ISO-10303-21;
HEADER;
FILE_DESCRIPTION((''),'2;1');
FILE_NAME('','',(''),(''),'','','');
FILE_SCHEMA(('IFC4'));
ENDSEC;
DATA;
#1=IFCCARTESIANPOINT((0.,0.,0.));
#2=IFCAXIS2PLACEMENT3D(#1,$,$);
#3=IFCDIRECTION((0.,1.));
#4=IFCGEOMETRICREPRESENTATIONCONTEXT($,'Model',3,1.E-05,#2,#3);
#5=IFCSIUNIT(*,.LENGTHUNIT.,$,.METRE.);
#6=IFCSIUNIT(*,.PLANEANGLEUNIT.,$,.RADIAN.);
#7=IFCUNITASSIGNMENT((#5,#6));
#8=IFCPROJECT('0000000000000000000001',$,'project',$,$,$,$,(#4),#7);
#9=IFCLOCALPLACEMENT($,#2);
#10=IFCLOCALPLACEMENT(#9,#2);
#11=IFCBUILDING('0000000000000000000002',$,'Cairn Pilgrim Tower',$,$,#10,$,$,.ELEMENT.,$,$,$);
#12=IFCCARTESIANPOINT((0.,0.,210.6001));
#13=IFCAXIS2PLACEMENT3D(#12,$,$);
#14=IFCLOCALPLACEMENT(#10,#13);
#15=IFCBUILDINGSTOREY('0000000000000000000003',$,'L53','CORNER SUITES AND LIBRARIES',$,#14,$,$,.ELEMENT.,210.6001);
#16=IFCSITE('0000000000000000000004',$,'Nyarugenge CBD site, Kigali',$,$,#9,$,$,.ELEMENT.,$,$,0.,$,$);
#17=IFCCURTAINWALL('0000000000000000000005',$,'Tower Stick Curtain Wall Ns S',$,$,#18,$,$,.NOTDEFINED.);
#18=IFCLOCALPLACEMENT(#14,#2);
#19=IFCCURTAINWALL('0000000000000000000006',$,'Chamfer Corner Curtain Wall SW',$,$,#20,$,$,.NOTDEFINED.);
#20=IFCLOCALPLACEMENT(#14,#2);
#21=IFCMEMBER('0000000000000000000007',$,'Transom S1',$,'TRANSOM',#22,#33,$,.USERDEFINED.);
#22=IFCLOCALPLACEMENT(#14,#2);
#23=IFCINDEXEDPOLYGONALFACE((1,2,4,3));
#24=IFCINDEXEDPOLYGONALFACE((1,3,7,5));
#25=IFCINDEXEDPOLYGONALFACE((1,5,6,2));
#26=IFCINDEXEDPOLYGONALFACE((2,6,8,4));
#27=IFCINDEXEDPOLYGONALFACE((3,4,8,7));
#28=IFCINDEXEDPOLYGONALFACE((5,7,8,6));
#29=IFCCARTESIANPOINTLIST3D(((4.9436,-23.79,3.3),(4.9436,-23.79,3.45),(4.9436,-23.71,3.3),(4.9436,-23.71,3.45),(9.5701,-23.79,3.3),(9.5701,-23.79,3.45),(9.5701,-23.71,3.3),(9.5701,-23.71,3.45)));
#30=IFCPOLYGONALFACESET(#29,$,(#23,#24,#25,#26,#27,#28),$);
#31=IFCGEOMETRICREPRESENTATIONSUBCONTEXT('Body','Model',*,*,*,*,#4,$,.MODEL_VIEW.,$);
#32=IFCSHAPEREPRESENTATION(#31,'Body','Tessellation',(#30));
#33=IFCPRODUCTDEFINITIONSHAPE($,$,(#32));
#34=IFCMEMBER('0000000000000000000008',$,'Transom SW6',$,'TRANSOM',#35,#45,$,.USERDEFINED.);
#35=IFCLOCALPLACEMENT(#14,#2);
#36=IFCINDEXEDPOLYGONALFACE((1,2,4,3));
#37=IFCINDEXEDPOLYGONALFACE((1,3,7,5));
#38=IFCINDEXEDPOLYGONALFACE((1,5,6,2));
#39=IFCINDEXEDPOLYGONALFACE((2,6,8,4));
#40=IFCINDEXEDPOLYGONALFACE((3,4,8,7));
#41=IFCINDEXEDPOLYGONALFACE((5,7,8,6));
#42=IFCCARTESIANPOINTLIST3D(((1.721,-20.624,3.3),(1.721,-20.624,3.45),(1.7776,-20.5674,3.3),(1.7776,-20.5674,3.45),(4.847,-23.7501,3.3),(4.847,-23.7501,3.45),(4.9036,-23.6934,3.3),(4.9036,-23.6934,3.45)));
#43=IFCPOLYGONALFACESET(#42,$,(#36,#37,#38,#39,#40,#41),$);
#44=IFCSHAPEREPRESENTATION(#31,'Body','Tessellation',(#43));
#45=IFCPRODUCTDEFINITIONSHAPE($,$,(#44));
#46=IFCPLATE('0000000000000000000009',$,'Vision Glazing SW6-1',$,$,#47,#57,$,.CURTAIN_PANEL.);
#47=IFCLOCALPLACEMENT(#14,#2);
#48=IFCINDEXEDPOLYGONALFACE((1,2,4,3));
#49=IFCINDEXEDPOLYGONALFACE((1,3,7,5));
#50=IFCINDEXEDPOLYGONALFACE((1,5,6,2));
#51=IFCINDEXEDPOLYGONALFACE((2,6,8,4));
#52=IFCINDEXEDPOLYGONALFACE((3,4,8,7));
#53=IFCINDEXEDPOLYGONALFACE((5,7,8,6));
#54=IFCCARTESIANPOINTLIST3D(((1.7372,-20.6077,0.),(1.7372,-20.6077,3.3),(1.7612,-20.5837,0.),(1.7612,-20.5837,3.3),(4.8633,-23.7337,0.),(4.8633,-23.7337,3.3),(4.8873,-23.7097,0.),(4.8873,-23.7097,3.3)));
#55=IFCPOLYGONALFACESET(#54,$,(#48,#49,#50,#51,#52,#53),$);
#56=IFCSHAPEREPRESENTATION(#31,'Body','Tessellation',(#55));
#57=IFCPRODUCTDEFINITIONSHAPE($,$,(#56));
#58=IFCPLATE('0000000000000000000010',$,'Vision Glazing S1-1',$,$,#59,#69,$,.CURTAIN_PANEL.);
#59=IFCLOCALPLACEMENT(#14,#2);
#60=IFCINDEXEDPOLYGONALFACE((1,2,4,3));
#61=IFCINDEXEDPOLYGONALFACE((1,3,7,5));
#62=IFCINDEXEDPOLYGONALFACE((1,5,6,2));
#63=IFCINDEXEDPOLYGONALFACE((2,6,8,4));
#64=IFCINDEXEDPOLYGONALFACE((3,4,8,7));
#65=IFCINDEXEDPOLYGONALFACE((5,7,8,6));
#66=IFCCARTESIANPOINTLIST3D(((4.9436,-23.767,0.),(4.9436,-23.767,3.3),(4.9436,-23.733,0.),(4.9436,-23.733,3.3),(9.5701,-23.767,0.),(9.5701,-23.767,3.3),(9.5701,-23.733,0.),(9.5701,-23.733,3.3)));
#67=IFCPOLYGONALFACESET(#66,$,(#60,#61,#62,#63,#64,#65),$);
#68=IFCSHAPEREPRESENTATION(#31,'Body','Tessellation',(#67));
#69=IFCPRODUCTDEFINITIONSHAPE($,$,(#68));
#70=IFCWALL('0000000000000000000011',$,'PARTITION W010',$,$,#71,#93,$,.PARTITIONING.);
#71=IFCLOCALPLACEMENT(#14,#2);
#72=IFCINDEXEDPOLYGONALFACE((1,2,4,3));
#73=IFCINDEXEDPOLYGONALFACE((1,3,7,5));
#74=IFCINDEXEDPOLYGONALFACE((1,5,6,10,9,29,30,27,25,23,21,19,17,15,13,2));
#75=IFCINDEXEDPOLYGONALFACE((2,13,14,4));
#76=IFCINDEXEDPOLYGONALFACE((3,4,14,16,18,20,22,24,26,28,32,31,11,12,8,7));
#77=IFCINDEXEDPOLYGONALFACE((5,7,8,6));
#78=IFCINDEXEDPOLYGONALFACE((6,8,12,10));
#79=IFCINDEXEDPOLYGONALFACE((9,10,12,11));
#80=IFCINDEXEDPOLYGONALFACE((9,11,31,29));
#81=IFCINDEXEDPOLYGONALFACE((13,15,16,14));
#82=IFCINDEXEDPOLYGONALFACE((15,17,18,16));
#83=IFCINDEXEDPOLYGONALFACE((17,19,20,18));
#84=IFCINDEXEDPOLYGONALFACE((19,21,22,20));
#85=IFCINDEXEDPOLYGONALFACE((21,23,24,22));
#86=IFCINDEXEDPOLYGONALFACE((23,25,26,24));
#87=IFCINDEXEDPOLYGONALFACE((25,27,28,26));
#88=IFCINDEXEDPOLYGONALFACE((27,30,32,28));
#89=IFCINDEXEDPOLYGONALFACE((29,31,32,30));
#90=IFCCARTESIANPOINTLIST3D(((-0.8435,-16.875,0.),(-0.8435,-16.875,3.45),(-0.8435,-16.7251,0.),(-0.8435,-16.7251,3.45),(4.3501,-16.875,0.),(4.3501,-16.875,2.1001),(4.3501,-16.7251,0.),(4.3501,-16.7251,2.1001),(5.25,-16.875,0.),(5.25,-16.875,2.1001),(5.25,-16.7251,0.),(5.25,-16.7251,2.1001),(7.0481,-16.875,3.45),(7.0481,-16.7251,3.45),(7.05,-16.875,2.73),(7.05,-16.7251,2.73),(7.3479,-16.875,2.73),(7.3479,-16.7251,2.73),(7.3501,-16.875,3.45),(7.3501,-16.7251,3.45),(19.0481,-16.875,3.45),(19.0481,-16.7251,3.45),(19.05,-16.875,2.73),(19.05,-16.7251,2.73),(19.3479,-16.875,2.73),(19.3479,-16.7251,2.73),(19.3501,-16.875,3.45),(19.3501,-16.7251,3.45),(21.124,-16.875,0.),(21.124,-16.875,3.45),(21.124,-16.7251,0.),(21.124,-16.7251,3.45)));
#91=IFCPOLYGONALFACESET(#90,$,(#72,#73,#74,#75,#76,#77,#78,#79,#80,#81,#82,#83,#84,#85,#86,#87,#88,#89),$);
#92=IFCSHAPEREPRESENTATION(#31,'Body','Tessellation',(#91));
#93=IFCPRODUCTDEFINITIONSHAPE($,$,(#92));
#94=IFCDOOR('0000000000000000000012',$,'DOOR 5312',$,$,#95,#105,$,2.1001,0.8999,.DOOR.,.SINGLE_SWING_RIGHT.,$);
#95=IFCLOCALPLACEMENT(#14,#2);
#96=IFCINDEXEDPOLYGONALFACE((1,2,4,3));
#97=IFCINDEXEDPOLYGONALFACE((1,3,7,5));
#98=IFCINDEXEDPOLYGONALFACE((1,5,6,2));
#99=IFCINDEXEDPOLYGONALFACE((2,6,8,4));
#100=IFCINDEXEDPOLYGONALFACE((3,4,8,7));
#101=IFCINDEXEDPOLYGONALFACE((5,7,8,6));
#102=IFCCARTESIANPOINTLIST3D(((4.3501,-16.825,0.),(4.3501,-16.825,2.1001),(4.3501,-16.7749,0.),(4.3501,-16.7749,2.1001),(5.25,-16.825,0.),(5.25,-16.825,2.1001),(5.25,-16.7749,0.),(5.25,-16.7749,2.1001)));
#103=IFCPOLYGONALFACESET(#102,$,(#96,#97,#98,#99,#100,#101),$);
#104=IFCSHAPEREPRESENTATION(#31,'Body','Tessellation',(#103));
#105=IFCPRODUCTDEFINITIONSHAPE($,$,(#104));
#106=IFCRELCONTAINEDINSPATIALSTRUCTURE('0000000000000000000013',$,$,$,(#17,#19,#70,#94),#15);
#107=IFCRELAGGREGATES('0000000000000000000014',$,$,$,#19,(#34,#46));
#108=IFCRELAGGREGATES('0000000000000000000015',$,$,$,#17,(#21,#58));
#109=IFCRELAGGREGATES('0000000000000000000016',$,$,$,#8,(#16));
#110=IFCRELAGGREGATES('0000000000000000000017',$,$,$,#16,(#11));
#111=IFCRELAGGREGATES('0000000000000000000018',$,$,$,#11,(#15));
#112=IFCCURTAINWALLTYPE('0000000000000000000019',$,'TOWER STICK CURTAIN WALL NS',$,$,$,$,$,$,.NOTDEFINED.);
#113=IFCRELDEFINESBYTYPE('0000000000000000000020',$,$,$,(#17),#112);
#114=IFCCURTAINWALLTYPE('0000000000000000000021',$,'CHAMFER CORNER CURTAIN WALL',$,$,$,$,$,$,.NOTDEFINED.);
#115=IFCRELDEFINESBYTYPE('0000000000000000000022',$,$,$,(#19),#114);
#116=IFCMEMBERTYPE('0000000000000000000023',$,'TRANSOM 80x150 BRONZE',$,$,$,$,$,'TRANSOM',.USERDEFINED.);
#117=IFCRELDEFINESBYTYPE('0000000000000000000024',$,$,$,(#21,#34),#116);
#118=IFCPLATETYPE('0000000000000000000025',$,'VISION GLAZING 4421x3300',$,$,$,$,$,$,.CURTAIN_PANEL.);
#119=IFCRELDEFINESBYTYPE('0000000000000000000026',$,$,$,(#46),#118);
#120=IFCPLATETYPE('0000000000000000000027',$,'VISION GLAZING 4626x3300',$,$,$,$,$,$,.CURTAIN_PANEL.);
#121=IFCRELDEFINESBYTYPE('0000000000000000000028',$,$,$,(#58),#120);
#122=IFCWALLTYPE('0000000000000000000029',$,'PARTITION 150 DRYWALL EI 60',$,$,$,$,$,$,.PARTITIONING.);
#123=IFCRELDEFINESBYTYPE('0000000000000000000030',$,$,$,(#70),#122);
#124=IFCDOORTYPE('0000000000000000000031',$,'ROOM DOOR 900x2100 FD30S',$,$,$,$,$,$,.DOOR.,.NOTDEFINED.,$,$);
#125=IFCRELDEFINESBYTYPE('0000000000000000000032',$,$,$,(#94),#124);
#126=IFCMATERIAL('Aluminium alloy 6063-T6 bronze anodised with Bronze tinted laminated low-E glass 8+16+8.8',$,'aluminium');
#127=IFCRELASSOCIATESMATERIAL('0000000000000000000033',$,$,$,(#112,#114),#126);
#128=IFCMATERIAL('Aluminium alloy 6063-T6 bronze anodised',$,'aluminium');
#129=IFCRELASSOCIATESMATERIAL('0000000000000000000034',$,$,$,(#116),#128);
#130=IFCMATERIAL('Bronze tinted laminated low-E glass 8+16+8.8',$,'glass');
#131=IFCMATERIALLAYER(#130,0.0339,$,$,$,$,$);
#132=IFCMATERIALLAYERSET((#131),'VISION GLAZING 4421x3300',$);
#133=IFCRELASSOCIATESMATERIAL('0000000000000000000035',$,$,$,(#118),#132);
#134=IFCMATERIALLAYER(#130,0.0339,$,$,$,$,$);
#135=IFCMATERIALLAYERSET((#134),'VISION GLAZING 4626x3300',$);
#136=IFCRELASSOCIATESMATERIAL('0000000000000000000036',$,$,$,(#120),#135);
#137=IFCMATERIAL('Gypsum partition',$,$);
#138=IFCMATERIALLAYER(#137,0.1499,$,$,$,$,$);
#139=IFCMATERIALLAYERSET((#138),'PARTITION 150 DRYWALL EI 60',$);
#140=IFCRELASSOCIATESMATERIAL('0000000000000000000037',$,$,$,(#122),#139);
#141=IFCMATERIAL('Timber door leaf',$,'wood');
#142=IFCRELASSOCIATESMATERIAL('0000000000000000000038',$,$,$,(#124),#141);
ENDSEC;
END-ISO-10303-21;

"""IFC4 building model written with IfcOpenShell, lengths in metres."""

from ifc_helpers import new_model, si_unit, direction, frame, frame_2d, origin, origin_2d, place, context, subcontext, project, spatial, polyline, rectangle, outline, extrude, material, layer, layer_set, material_profile, profile_set, type_object, element, fill, aggregate, save


model = new_model("IFC4")

# Units and contexts
model_context = context("Model", 3, precision=1e-05, world=origin(), true_north=direction((0.0, 1.0)))
body_context = subcontext(model_context, "Body", "Model", "MODEL_VIEW")
ifc_project = project(units=[si_unit("LENGTHUNIT", "METRE"), si_unit("PLANEANGLEUNIT", "RADIAN")], contexts=[model_context])

# Site, building, storey
site_placement = place(None, origin())
site = spatial("IfcSite", under=ifc_project, at=site_placement, Name="Nyarugenge CBD site, Kigali", CompositionType="ELEMENT", RefElevation=0.0)
building_placement = place(site_placement, origin())
building = spatial("IfcBuilding", under=site, at=building_placement, Name="Cairn Pilgrim Tower", CompositionType="ELEMENT")
storey_placement = place(building_placement, frame((0.0, 0.0, 210.6001)))
storey = spatial("IfcBuildingStorey", under=building, at=storey_placement, Name="L53", Description="CORNER SUITES AND LIBRARIES", CompositionType="ELEMENT", Elevation=210.6001)

# Curtain wall
ifc_material_1 = material(Name="Aluminium alloy 6063-T6 bronze anodised with Bronze tinted laminated low-E glass 8+16+8.8", Category="aluminium")
curtain_wall_type_1 = type_object("IfcCurtainWallType", Name="TOWER STICK CURTAIN WALL NS", PredefinedType="NOTDEFINED", material=ifc_material_1)
curtain_wall_1_placement = place(storey_placement, origin())
curtain_wall_1 = element("IfcCurtainWall", 1, at=curtain_wall_1_placement, inside=storey, type_object=curtain_wall_type_1, Name="Tower Stick Curtain Wall Ns S", PredefinedType="NOTDEFINED")
ifc_material_2 = material(Name="Aluminium alloy 6063-T6 bronze anodised", Category="aluminium")

# Curtain wall
curtain_wall_type_2 = type_object("IfcCurtainWallType", Name="CHAMFER CORNER CURTAIN WALL", PredefinedType="NOTDEFINED", material=ifc_material_1)
curtain_wall_2_placement = place(storey_placement, origin())
curtain_wall_2 = element("IfcCurtainWall", 2, at=curtain_wall_2_placement, inside=storey, type_object=curtain_wall_type_2, Name="Chamfer Corner Curtain Wall SW", PredefinedType="NOTDEFINED")

# Members
ifc_material_profile_1 = material_profile(ifc_material_2, rectangle(XDim=0.0801, YDim=0.1499, at=origin_2d()), Name="TRANSOM 80x150 BRONZE")
ifc_profile_set_1 = profile_set([ifc_material_profile_1], Name="Aluminium alloy 6063-T6 bronze anodised")
member_type_1 = type_object("IfcMemberType", Name="TRANSOM 80x150 BRONZE", ElementType="TRANSOM", PredefinedType="USERDEFINED", material=ifc_profile_set_1)
member_1_placement = place(storey_placement, frame((4.9436, -23.75, 3.375), z_axis=(1.0, 0.0, 0.0), x_axis=(0.0, 1.0, 0.0)))
member_1 = element("IfcMember", 3, at=member_1_placement, type_object=member_type_1, Name="Transom S1", ObjectType="TRANSOM", PredefinedType="USERDEFINED", context=body_context, shape_type="SweptSolid", body=[
    extrude(rectangle(XDim=0.0801, YDim=0.1499, at=origin_2d()), origin(), (0.0, 0.0, 1.0), 4.6265),
])
member_2_placement = place(storey_placement, frame((1.7493, -20.5957, 3.375), z_axis=(0.707107, -0.707107, 0.0), x_axis=(0.707107, 0.707107, 0.0)))
member_2 = element("IfcMember", 4, at=member_2_placement, type_object=member_type_1, Name="Transom SW6", ObjectType="TRANSOM", PredefinedType="USERDEFINED", context=body_context, shape_type="SweptSolid", body=[
    extrude(rectangle(XDim=0.0801, YDim=0.1499, at=origin_2d()), origin(), (0.0, 0.0, 1.0), 4.4209),
])

# Plates
ifc_material_3 = material(Name="Bronze tinted laminated low-E glass 8+16+8.8", Category="glass")
ifc_layer_1 = layer(ifc_material_3, 0.0339)
ifc_layer_set_1 = layer_set([ifc_layer_1], Name="VISION GLAZING 4421x3300")
plate_type_1 = type_object("IfcPlateType", Name="VISION GLAZING 4421x3300", PredefinedType="CURTAIN_PANEL", material=ifc_layer_set_1)
plate_1_placement = place(storey_placement, frame((3.3123, -22.1587, 0.0), z_axis=(0.0, 0.0, 1.0), x_axis=(0.707107, -0.707107, 0.0)))
plate_1 = element("IfcPlate", 5, at=plate_1_placement, type_object=plate_type_1, Name="Vision Glazing SW6-1", PredefinedType="CURTAIN_PANEL", context=body_context, shape_type="SweptSolid", body=[
    extrude(rectangle(XDim=4.4209, YDim=0.0339, at=origin_2d()), origin(), (0.0, 0.0, 1.0), 3.3),
])
aggregate(curtain_wall_2, [member_2, plate_1])
ifc_layer_2 = layer(ifc_material_3, 0.0339)
ifc_layer_set_2 = layer_set([ifc_layer_2], Name="VISION GLAZING 4626x3300")
plate_type_2 = type_object("IfcPlateType", Name="VISION GLAZING 4626x3300", PredefinedType="CURTAIN_PANEL", material=ifc_layer_set_2)
plate_2_placement = place(storey_placement, frame((7.2568, -23.75, 0.0), z_axis=(0.0, 0.0, 1.0), x_axis=(1.0, 0.0, 0.0)))
plate_2 = element("IfcPlate", 6, at=plate_2_placement, type_object=plate_type_2, Name="Vision Glazing S1-1", PredefinedType="CURTAIN_PANEL", context=body_context, shape_type="SweptSolid", body=[
    extrude(rectangle(XDim=4.6265, YDim=0.0339, at=origin_2d()), origin(), (0.0, 0.0, 1.0), 3.3),
])
aggregate(curtain_wall_1, [member_1, plate_2])

# Wall, opening, door
ifc_material_4 = material(Name="Gypsum partition")
ifc_layer_3 = layer(ifc_material_4, 0.1499)
ifc_layer_set_3 = layer_set([ifc_layer_3], Name="PARTITION 150 DRYWALL EI 60")
wall_type_1 = type_object("IfcWallType", Name="PARTITION 150 DRYWALL EI 60", PredefinedType="PARTITIONING", material=ifc_layer_set_3)
wall_1_placement = place(storey_placement, frame((-0.8435, -16.8, 0.0), z_axis=(0.0, 0.0, 1.0), x_axis=(1.0, 0.0, 0.0)))
wall_1 = element("IfcWall", 7, at=wall_1_placement, inside=storey, type_object=wall_type_1, Name="PARTITION W010", PredefinedType="PARTITIONING", context=body_context, shape_type="SweptSolid", body=[
    extrude(outline(polyline([(0.0, 0.0), (21.9675, 0.0), (21.9675, 3.45), (20.1936, 3.45), (20.1914, 2.73), (19.8936, 2.73), (19.8916, 3.45), (8.1936, 3.45), (8.1914, 2.73), (7.8936, 2.73), (7.8916, 3.45), (0.0, 3.45), (0.0, 0.0)])), frame((0.0, 0.075, 0.0), z_axis=(0.0, -1.0, 0.0), x_axis=(1.0, 0.0, 0.0)), (0.0, 0.0, 1.0), 0.1499),
])
opening_1_placement = place(wall_1_placement, frame((5.1936, 0.0, 0.0)))
opening_1 = element("IfcOpeningElement", 8, at=opening_1_placement, cuts=wall_1, PredefinedType="OPENING", context=body_context, shape_type="SweptSolid", body=[
    extrude(rectangle(XDim=0.8999, YDim=2.1001, at=frame_2d((0.45, 1.05))), frame((0.0, 0.085, 0.0), z_axis=(0.0, -1.0, 0.0), x_axis=(1.0, 0.0, 0.0)), (0.0, 0.0, 1.0), 0.1699),
])
ifc_material_5 = material(Name="Timber door leaf", Category="wood")
door_type_1 = type_object("IfcDoorType", Name="ROOM DOOR 900x2100 FD30S", OperationType="NOTDEFINED", PredefinedType="DOOR", material=ifc_material_5)
door_1_placement = place(opening_1_placement, frame((0.8999, 0.0, 0.0), z_axis=(0.0, 0.0, 1.0), x_axis=(-1.0, 0.0, 0.0)))
door_1 = element("IfcDoor", 9, at=door_1_placement, inside=storey, type_object=door_type_1, Name="DOOR 5312", OperationType="SINGLE_SWING_RIGHT", OverallHeight=2.1001, OverallWidth=0.8999, PredefinedType="DOOR", context=body_context, shape_type="SweptSolid", body=[
    extrude(rectangle(XDim=0.8999, YDim=2.1001, at=frame_2d((0.45, 1.05))), frame((0.0, 0.0249, 0.0), z_axis=(0.0, -1.0, 0.0), x_axis=(1.0, 0.0, 0.0)), (0.0, 0.0, 1.0), 0.05),
])
fill(opening_1, door_1)

save(model, "model.ifc")
